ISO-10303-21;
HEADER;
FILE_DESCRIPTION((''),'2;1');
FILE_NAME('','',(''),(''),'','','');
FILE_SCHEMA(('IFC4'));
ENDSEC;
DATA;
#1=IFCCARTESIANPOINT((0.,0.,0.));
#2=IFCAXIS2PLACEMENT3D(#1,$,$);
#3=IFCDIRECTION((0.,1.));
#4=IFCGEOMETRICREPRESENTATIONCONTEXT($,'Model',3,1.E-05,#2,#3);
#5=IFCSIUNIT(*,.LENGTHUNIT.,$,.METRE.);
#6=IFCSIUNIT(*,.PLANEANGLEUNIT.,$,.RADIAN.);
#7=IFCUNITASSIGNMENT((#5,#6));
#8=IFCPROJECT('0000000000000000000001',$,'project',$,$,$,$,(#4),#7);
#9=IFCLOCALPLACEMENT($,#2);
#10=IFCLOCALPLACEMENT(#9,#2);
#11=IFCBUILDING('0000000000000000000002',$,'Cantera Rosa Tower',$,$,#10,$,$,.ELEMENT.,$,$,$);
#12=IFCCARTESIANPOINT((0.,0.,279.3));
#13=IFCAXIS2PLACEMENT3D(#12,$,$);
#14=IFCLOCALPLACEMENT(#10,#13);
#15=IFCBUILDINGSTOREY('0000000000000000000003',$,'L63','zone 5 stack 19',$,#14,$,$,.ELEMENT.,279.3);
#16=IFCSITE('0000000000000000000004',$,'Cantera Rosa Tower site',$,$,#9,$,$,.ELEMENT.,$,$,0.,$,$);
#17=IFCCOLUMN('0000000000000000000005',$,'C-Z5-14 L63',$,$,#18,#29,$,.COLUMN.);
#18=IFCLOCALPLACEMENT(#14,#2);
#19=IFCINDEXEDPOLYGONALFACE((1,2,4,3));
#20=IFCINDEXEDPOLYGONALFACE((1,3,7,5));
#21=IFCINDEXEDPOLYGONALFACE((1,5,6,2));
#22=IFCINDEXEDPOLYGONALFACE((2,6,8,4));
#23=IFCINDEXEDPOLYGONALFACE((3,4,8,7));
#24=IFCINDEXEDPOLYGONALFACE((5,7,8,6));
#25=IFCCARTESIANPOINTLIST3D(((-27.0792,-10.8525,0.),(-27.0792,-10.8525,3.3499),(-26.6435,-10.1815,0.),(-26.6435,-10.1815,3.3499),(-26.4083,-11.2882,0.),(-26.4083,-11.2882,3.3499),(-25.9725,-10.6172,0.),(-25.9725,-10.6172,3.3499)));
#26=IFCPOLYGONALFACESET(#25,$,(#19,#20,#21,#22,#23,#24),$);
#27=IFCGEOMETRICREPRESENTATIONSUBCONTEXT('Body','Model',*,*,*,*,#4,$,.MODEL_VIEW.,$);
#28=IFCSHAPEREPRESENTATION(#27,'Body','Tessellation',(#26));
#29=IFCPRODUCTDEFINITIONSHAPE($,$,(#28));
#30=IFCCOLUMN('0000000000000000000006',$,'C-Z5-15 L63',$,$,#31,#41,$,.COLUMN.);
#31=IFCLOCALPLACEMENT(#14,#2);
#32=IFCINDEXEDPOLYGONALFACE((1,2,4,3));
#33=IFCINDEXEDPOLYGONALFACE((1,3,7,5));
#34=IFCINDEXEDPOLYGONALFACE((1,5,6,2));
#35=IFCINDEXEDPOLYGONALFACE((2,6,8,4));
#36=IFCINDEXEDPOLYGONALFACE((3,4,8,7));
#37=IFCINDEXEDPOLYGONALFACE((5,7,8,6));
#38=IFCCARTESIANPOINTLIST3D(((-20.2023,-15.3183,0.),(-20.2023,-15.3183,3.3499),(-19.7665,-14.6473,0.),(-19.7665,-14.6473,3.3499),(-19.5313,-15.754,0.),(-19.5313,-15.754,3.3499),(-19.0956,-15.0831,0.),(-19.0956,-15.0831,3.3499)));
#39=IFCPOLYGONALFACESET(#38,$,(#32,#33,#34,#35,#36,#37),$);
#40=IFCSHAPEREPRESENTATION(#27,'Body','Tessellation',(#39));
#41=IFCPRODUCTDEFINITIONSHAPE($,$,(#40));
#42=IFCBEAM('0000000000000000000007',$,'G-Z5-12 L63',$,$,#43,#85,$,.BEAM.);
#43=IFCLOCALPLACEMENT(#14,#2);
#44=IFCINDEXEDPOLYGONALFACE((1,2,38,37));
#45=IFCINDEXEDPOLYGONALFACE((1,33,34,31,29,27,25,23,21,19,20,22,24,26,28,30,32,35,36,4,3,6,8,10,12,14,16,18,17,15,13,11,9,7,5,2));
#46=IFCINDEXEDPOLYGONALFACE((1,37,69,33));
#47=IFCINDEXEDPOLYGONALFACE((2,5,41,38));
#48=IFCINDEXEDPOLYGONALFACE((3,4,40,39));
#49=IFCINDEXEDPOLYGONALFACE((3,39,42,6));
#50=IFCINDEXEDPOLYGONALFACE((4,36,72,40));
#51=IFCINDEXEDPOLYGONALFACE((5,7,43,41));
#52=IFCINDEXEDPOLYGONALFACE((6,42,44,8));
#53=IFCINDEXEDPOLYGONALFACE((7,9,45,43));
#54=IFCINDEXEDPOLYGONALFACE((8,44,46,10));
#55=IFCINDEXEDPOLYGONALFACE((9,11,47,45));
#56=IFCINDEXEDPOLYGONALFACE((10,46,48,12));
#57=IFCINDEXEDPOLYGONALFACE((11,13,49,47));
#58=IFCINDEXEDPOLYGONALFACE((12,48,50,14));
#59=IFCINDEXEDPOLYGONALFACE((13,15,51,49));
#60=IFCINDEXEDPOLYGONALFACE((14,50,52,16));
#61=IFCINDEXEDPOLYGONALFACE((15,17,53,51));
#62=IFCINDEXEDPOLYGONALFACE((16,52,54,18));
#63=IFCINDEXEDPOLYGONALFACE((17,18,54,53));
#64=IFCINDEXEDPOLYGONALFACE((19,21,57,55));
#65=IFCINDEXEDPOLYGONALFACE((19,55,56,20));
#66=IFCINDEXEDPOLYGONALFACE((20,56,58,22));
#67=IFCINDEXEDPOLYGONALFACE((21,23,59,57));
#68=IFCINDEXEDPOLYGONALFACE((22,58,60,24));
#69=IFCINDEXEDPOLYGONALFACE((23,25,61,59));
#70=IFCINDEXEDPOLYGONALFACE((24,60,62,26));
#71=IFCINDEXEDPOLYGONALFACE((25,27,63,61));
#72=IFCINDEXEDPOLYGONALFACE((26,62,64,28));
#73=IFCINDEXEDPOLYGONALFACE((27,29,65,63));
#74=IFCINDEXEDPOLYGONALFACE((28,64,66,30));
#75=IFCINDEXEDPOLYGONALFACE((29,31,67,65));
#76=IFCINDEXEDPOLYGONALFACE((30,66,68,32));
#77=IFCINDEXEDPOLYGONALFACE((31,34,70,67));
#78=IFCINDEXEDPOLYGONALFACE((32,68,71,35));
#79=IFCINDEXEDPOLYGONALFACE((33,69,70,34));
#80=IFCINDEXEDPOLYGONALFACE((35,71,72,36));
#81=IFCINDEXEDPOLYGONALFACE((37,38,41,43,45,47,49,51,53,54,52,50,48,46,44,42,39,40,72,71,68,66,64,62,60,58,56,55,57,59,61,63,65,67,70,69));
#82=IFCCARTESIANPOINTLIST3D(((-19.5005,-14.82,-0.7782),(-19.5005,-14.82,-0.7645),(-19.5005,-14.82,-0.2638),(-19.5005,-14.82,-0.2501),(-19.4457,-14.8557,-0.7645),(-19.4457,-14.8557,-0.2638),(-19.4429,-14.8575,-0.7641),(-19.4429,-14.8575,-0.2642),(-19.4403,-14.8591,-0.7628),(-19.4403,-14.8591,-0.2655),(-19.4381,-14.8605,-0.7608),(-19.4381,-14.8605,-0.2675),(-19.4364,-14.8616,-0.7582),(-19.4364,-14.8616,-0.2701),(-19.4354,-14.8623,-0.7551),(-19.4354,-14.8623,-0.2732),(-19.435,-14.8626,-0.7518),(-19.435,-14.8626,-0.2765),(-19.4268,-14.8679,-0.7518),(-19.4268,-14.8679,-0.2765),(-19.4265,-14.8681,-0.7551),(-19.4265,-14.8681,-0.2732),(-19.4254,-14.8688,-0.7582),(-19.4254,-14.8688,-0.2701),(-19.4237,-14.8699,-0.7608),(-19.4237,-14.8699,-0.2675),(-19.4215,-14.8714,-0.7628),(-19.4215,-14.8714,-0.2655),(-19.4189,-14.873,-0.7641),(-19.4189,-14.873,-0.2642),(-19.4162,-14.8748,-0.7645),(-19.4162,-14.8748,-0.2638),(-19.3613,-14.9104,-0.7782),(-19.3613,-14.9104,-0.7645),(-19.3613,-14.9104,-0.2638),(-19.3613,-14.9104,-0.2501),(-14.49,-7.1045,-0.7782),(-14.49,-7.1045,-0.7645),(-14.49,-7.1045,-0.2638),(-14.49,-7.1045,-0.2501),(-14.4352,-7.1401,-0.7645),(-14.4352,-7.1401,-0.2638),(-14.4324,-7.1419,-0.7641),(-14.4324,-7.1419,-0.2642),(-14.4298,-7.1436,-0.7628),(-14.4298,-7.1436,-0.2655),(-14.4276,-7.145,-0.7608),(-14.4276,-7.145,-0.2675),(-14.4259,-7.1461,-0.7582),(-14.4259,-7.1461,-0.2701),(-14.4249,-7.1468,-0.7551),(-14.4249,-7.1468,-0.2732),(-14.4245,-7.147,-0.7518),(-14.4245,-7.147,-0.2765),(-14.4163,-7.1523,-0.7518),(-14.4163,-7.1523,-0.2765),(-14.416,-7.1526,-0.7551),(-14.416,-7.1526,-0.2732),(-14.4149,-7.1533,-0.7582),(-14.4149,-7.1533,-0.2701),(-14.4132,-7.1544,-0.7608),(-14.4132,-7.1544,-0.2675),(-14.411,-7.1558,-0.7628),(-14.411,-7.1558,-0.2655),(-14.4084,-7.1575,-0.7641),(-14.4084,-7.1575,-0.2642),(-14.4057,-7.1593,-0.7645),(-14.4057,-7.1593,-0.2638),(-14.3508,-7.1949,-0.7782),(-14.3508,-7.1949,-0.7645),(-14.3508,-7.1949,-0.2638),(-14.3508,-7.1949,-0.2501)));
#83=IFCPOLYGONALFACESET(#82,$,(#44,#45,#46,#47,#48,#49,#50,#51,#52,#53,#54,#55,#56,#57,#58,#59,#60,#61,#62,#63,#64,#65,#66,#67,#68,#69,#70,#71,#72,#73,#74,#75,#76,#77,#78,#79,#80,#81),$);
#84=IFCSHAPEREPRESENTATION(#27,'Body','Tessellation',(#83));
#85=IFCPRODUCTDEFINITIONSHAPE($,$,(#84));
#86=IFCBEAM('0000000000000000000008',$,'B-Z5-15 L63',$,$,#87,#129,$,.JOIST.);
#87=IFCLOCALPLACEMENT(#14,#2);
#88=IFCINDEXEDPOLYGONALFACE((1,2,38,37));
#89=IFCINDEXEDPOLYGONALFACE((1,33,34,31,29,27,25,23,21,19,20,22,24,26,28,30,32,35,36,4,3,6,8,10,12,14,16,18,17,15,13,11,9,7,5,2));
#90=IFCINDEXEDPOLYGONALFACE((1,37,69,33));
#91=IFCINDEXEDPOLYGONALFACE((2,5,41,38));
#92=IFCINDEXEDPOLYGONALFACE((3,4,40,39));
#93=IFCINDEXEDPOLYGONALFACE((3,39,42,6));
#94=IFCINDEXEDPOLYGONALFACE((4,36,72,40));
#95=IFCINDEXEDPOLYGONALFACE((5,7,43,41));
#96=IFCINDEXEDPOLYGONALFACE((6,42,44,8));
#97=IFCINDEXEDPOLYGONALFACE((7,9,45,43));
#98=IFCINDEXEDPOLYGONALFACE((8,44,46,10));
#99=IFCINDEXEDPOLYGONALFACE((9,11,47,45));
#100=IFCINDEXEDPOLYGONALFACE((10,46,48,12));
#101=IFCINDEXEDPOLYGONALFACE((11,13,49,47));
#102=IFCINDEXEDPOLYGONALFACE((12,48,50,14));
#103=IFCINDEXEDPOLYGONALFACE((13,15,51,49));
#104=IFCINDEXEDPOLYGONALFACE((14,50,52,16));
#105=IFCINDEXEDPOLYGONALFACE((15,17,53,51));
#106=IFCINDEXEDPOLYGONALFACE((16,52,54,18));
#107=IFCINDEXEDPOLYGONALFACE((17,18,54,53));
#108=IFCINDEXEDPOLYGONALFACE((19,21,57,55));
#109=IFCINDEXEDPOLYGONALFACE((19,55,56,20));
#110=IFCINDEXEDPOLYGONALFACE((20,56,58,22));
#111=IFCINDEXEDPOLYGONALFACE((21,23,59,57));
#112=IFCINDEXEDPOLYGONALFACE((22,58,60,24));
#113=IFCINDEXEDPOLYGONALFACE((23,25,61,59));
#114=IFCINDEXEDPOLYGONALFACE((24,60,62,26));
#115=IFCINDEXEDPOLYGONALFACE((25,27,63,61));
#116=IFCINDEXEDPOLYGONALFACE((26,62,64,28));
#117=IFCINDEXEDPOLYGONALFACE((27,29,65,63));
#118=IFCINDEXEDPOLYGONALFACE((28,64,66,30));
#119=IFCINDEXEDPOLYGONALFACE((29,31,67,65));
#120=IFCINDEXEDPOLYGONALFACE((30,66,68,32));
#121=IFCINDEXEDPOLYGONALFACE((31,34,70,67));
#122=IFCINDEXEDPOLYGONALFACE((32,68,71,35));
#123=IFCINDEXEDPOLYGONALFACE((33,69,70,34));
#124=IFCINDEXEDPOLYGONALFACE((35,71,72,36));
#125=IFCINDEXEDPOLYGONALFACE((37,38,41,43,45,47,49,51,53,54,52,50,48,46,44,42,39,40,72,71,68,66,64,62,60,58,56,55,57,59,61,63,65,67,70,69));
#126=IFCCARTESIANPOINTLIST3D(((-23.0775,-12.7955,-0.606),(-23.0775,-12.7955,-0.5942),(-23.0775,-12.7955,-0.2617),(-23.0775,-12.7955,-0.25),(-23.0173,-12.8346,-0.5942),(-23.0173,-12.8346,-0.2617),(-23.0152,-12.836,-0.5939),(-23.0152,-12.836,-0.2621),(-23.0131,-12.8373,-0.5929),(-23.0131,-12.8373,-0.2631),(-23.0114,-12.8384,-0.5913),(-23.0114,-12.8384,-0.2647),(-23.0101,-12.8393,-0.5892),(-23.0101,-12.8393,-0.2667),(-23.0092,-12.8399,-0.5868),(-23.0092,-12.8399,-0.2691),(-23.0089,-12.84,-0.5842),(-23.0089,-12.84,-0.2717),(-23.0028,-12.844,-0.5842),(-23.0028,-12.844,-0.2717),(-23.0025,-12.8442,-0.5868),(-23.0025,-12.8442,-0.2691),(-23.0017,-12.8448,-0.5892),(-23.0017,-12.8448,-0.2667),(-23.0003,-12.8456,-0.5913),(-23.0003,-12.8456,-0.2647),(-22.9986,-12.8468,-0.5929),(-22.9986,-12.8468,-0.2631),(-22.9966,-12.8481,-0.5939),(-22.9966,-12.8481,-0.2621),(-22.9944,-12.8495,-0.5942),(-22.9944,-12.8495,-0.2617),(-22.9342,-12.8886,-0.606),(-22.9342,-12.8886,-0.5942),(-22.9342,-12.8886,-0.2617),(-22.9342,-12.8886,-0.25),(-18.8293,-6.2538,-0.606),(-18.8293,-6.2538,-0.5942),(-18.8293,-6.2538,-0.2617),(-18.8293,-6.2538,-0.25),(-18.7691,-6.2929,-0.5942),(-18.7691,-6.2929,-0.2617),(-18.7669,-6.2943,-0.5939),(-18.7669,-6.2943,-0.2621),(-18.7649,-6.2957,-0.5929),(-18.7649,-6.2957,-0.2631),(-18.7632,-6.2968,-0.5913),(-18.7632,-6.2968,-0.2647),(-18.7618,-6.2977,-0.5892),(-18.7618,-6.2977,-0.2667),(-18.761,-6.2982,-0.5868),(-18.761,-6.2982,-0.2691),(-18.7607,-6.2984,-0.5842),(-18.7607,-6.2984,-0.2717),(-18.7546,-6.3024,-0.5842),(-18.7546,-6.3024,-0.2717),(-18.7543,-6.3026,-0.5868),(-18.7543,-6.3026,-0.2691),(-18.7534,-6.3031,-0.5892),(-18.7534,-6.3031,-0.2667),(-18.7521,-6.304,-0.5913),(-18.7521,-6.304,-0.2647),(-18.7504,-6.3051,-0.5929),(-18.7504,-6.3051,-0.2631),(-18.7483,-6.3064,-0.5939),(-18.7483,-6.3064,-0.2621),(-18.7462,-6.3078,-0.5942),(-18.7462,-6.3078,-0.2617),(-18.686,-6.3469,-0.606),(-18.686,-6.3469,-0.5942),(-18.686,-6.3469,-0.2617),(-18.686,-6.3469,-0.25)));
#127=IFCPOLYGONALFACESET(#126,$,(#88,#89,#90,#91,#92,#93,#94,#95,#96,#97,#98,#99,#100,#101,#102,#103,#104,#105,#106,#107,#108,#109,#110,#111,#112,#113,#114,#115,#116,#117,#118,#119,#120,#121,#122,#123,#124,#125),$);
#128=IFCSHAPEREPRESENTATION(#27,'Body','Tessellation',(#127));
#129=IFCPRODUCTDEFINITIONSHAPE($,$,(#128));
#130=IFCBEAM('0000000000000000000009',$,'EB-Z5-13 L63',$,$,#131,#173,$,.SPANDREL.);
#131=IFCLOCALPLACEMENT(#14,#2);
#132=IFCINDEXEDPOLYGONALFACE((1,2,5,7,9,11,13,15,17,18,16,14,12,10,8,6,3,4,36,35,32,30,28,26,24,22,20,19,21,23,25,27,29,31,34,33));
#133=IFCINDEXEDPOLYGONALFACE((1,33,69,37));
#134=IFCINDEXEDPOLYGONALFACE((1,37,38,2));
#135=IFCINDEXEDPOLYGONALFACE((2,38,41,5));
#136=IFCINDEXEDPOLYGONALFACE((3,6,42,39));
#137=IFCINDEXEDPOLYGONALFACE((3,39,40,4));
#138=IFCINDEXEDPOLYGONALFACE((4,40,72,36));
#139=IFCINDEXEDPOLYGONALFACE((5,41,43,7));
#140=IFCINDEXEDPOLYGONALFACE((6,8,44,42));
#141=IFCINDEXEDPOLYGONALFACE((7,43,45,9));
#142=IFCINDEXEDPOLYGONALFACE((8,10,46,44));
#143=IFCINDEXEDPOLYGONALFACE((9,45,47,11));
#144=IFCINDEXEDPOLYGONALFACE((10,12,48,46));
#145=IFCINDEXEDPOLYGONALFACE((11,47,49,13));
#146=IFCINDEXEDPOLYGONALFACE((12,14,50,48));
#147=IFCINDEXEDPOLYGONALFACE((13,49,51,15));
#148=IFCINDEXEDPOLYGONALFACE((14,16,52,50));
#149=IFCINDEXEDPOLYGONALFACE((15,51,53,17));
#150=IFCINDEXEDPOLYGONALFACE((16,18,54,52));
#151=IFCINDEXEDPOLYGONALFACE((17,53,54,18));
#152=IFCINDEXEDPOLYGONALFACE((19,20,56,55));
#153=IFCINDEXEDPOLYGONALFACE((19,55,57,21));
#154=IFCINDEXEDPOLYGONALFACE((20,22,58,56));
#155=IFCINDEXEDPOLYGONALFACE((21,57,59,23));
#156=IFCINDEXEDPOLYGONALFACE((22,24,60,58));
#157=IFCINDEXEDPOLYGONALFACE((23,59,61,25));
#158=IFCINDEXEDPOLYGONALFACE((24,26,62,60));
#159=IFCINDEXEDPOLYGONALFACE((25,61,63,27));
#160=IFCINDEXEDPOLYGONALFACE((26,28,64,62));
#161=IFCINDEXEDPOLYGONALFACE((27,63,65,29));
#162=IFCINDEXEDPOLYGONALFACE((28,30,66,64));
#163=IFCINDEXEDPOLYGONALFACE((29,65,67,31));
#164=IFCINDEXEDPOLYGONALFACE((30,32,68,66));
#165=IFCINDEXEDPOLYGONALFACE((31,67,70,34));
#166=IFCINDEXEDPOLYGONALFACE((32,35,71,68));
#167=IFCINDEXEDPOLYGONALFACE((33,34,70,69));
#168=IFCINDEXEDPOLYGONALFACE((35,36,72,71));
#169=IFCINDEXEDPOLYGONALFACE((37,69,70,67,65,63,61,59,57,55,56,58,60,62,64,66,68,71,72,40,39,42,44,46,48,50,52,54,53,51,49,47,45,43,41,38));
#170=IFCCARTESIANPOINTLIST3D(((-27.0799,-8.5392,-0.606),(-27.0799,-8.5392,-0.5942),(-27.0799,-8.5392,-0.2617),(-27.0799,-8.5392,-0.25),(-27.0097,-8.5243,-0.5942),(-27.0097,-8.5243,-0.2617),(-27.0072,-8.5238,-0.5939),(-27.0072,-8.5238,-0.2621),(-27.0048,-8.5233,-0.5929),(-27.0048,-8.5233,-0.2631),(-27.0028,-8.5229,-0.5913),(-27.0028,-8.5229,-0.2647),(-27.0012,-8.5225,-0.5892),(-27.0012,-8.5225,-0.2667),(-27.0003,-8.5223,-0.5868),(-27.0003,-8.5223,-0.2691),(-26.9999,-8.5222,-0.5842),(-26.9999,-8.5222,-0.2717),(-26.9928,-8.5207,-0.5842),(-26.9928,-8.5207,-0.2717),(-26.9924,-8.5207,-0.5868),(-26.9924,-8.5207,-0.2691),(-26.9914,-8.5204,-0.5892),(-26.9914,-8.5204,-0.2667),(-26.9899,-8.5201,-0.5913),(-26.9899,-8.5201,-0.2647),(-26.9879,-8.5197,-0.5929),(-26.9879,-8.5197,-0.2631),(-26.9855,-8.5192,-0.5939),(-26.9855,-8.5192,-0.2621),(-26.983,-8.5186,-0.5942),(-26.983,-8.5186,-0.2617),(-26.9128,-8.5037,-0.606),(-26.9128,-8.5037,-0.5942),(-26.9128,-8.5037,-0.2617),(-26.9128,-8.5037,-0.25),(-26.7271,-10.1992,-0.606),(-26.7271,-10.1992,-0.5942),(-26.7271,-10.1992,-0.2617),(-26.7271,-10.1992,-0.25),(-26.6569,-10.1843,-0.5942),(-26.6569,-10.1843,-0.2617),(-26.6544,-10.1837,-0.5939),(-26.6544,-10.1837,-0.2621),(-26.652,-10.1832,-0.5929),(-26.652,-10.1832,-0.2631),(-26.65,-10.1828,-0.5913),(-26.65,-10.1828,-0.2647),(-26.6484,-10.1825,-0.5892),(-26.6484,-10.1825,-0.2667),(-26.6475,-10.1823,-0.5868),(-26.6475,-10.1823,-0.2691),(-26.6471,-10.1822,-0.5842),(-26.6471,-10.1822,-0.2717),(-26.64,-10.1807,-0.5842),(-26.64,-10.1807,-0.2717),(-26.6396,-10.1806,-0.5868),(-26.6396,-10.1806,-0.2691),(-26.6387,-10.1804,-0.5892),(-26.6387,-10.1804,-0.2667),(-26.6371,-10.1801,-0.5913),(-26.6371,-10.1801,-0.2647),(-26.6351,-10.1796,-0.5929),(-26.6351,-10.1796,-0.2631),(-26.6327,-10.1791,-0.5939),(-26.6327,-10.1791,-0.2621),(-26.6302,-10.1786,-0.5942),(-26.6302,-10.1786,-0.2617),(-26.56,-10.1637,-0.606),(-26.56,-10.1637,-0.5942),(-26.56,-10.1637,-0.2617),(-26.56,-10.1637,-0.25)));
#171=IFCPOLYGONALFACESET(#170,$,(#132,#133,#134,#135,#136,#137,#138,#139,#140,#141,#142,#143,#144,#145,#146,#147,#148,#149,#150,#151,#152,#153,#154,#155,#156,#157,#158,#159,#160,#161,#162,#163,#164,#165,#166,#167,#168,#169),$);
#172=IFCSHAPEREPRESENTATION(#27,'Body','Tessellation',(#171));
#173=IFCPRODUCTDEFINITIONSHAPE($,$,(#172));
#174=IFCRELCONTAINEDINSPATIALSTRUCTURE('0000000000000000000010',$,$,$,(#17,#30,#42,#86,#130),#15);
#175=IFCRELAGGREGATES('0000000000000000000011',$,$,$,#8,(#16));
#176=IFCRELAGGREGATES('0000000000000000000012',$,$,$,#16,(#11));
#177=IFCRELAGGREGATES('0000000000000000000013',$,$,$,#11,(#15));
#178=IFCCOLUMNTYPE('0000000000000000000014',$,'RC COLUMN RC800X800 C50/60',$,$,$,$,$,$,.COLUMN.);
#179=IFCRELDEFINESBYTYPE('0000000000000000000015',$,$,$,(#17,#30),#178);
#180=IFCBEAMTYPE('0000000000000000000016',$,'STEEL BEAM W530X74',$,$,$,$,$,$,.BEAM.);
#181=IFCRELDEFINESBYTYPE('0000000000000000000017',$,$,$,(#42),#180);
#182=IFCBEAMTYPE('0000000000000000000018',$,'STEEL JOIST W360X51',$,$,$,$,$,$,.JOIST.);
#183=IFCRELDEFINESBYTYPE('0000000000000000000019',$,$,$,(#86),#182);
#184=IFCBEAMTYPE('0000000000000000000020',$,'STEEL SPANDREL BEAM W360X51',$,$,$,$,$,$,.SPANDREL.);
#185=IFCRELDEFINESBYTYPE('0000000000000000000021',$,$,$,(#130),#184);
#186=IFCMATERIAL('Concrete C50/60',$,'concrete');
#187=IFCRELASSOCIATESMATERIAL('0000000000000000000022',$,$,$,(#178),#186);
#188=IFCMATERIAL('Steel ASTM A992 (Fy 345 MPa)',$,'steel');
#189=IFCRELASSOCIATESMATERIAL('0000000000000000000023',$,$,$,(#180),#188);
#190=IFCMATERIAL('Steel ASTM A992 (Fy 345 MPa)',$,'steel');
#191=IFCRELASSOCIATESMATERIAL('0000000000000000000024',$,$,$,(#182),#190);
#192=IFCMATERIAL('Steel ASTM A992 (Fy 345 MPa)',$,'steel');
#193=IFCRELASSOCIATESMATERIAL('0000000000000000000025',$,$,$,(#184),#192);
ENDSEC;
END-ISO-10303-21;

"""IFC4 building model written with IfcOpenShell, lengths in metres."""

from ifc_helpers import new_model, si_unit, direction, frame, origin, origin_2d, place, context, subcontext, project, spatial, rectangle, i_section, extrude, material, material_profile, profile_set, type_object, element, save


model = new_model("IFC4")

# Units and contexts
model_context = context("Model", 3, precision=1e-05, world=origin(), true_north=direction((0.0, 1.0)))
body_context = subcontext(model_context, "Body", "Model", "MODEL_VIEW")
ifc_project = project(units=[si_unit("LENGTHUNIT", "METRE"), si_unit("PLANEANGLEUNIT", "RADIAN")], contexts=[model_context])

# Site, building, storey
site_placement = place(None, origin())
site = spatial("IfcSite", under=ifc_project, at=site_placement, Name="Cantera Rosa Tower site", CompositionType="ELEMENT", RefElevation=0.0)
building_placement = place(site_placement, origin())
building = spatial("IfcBuilding", under=site, at=building_placement, Name="Cantera Rosa Tower", CompositionType="ELEMENT")
storey_placement = place(building_placement, frame((0.0, 0.0, 279.3)))
storey = spatial("IfcBuildingStorey", under=building, at=storey_placement, Name="L63", Description="zone 5 stack 19", CompositionType="ELEMENT", Elevation=279.3)

# Columns
ifc_material_1 = material(Name="Concrete C50/60", Category="concrete")
ifc_material_profile_1 = material_profile(ifc_material_1, rectangle(XDim=0.8, YDim=0.8, at=origin_2d()), Name="RC COLUMN RC800X800 C50/60")
ifc_profile_set_1 = profile_set([ifc_material_profile_1], Name="Concrete C50/60")
column_type = type_object("IfcColumnType", Name="RC COLUMN RC800X800 C50/60", PredefinedType="COLUMN", material=ifc_profile_set_1)
for number, where, z_axis, x_axis, name in (
    (1, (-26.5259, -10.7349, 0.0), (0.0, 0.0, 1.0), (0.544639, 0.838671, 0.0), "C-Z5-14 L63"),
    (2, (-19.6489, -15.2007, 0.0), (0.0, 0.0, 1.0), (0.544639, 0.838671, 0.0), "C-Z5-15 L63"),
):
    element("IfcColumn", number, at=place(storey_placement, frame(where, z_axis=z_axis, x_axis=x_axis)), inside=storey, type_object=column_type, Name=name, PredefinedType="COLUMN", context=body_context, shape_type="SweptSolid", body=[
        extrude(rectangle(XDim=0.8, YDim=0.8, at=origin_2d()), origin(), (0.0, 0.0, 1.0), 3.3499),
    ])

# Beams
ifc_material_2 = material(Name="Steel ASTM A992 (Fy 345 MPa)", Category="steel")
ifc_material_profile_2 = material_profile(ifc_material_2, i_section(OverallWidth=0.166, OverallDepth=0.5281, WebThickness=0.0098, FlangeThickness=0.0137, FilletRadius=0.0127, at=origin_2d()), Name="W530X74")
ifc_profile_set_2 = profile_set([ifc_material_profile_2], Name="Steel ASTM A992 (Fy 345 MPa)")
beam_type_1 = type_object("IfcBeamType", Name="STEEL BEAM W530X74", PredefinedType="BEAM", material=ifc_profile_set_2)
beam_1_placement = place(storey_placement, frame((-19.4309, -14.8652, -0.5142), z_axis=(0.544635, 0.838673, 0.0), x_axis=(-0.838673, 0.544635, 0.0)))
element("IfcBeam", 3, at=beam_1_placement, inside=storey, type_object=beam_type_1, Name="G-Z5-12 L63", PredefinedType="BEAM", context=body_context, shape_type="SweptSolid", body=[
    extrude(i_section(OverallWidth=0.166, OverallDepth=0.5281, WebThickness=0.0098, FlangeThickness=0.0137, FilletRadius=0.0127, at=origin_2d()), origin(), (0.0, 0.0, 1.0), 9.1997),
])
ifc_material_3 = material(Name="Steel ASTM A992 (Fy 345 MPa)", Category="steel")
ifc_material_profile_3 = material_profile(ifc_material_3, i_section(OverallWidth=0.1709, OverallDepth=0.356, WebThickness=0.0073, FlangeThickness=0.0117, FilletRadius=0.01, at=origin_2d()), Name="W360X51")
ifc_profile_set_3 = profile_set([ifc_material_profile_3], Name="Steel ASTM A992 (Fy 345 MPa)")
beam_type_2 = type_object("IfcBeamType", Name="STEEL JOIST W360X51", PredefinedType="JOIST", material=ifc_profile_set_3)
beam_2_placement = place(storey_placement, frame((-23.0059, -12.842, -0.428), z_axis=(0.544642, 0.838669, 0.0), x_axis=(-0.838669, 0.544642, 0.0)))
element("IfcBeam", 4, at=beam_2_placement, inside=storey, type_object=beam_type_2, Name="B-Z5-15 L63", PredefinedType="JOIST", context=body_context, shape_type="SweptSolid", body=[
    extrude(i_section(OverallWidth=0.1709, OverallDepth=0.356, WebThickness=0.0073, FlangeThickness=0.0117, FilletRadius=0.01, at=origin_2d()), origin(), (0.0, 0.0, 1.0), 7.8),
])
ifc_material_4 = material(Name="Steel ASTM A992 (Fy 345 MPa)", Category="steel")
ifc_material_profile_4 = material_profile(ifc_material_4, i_section(OverallWidth=0.1709, OverallDepth=0.356, WebThickness=0.0073, FlangeThickness=0.0117, FilletRadius=0.01, at=origin_2d()), Name="W360X51")
ifc_profile_set_4 = profile_set([ifc_material_profile_4], Name="Steel ASTM A992 (Fy 345 MPa)")
beam_type_3 = type_object("IfcBeamType", Name="STEEL SPANDREL BEAM W360X51", PredefinedType="SPANDREL", material=ifc_profile_set_4)
beam_3_placement = place(storey_placement, frame((-26.9963, -8.5215, -0.428), z_axis=(0.207888, -0.978153, 0.0), x_axis=(0.978153, 0.207888, 0.0)))
element("IfcBeam", 5, at=beam_3_placement, inside=storey, type_object=beam_type_3, Name="EB-Z5-13 L63", PredefinedType="SPANDREL", context=body_context, shape_type="SweptSolid", body=[
    extrude(i_section(OverallWidth=0.1709, OverallDepth=0.356, WebThickness=0.0073, FlangeThickness=0.0117, FilletRadius=0.01, at=origin_2d()), origin(), (0.0, 0.0, 1.0), 1.697),
])

save(model, "model.ifc")
